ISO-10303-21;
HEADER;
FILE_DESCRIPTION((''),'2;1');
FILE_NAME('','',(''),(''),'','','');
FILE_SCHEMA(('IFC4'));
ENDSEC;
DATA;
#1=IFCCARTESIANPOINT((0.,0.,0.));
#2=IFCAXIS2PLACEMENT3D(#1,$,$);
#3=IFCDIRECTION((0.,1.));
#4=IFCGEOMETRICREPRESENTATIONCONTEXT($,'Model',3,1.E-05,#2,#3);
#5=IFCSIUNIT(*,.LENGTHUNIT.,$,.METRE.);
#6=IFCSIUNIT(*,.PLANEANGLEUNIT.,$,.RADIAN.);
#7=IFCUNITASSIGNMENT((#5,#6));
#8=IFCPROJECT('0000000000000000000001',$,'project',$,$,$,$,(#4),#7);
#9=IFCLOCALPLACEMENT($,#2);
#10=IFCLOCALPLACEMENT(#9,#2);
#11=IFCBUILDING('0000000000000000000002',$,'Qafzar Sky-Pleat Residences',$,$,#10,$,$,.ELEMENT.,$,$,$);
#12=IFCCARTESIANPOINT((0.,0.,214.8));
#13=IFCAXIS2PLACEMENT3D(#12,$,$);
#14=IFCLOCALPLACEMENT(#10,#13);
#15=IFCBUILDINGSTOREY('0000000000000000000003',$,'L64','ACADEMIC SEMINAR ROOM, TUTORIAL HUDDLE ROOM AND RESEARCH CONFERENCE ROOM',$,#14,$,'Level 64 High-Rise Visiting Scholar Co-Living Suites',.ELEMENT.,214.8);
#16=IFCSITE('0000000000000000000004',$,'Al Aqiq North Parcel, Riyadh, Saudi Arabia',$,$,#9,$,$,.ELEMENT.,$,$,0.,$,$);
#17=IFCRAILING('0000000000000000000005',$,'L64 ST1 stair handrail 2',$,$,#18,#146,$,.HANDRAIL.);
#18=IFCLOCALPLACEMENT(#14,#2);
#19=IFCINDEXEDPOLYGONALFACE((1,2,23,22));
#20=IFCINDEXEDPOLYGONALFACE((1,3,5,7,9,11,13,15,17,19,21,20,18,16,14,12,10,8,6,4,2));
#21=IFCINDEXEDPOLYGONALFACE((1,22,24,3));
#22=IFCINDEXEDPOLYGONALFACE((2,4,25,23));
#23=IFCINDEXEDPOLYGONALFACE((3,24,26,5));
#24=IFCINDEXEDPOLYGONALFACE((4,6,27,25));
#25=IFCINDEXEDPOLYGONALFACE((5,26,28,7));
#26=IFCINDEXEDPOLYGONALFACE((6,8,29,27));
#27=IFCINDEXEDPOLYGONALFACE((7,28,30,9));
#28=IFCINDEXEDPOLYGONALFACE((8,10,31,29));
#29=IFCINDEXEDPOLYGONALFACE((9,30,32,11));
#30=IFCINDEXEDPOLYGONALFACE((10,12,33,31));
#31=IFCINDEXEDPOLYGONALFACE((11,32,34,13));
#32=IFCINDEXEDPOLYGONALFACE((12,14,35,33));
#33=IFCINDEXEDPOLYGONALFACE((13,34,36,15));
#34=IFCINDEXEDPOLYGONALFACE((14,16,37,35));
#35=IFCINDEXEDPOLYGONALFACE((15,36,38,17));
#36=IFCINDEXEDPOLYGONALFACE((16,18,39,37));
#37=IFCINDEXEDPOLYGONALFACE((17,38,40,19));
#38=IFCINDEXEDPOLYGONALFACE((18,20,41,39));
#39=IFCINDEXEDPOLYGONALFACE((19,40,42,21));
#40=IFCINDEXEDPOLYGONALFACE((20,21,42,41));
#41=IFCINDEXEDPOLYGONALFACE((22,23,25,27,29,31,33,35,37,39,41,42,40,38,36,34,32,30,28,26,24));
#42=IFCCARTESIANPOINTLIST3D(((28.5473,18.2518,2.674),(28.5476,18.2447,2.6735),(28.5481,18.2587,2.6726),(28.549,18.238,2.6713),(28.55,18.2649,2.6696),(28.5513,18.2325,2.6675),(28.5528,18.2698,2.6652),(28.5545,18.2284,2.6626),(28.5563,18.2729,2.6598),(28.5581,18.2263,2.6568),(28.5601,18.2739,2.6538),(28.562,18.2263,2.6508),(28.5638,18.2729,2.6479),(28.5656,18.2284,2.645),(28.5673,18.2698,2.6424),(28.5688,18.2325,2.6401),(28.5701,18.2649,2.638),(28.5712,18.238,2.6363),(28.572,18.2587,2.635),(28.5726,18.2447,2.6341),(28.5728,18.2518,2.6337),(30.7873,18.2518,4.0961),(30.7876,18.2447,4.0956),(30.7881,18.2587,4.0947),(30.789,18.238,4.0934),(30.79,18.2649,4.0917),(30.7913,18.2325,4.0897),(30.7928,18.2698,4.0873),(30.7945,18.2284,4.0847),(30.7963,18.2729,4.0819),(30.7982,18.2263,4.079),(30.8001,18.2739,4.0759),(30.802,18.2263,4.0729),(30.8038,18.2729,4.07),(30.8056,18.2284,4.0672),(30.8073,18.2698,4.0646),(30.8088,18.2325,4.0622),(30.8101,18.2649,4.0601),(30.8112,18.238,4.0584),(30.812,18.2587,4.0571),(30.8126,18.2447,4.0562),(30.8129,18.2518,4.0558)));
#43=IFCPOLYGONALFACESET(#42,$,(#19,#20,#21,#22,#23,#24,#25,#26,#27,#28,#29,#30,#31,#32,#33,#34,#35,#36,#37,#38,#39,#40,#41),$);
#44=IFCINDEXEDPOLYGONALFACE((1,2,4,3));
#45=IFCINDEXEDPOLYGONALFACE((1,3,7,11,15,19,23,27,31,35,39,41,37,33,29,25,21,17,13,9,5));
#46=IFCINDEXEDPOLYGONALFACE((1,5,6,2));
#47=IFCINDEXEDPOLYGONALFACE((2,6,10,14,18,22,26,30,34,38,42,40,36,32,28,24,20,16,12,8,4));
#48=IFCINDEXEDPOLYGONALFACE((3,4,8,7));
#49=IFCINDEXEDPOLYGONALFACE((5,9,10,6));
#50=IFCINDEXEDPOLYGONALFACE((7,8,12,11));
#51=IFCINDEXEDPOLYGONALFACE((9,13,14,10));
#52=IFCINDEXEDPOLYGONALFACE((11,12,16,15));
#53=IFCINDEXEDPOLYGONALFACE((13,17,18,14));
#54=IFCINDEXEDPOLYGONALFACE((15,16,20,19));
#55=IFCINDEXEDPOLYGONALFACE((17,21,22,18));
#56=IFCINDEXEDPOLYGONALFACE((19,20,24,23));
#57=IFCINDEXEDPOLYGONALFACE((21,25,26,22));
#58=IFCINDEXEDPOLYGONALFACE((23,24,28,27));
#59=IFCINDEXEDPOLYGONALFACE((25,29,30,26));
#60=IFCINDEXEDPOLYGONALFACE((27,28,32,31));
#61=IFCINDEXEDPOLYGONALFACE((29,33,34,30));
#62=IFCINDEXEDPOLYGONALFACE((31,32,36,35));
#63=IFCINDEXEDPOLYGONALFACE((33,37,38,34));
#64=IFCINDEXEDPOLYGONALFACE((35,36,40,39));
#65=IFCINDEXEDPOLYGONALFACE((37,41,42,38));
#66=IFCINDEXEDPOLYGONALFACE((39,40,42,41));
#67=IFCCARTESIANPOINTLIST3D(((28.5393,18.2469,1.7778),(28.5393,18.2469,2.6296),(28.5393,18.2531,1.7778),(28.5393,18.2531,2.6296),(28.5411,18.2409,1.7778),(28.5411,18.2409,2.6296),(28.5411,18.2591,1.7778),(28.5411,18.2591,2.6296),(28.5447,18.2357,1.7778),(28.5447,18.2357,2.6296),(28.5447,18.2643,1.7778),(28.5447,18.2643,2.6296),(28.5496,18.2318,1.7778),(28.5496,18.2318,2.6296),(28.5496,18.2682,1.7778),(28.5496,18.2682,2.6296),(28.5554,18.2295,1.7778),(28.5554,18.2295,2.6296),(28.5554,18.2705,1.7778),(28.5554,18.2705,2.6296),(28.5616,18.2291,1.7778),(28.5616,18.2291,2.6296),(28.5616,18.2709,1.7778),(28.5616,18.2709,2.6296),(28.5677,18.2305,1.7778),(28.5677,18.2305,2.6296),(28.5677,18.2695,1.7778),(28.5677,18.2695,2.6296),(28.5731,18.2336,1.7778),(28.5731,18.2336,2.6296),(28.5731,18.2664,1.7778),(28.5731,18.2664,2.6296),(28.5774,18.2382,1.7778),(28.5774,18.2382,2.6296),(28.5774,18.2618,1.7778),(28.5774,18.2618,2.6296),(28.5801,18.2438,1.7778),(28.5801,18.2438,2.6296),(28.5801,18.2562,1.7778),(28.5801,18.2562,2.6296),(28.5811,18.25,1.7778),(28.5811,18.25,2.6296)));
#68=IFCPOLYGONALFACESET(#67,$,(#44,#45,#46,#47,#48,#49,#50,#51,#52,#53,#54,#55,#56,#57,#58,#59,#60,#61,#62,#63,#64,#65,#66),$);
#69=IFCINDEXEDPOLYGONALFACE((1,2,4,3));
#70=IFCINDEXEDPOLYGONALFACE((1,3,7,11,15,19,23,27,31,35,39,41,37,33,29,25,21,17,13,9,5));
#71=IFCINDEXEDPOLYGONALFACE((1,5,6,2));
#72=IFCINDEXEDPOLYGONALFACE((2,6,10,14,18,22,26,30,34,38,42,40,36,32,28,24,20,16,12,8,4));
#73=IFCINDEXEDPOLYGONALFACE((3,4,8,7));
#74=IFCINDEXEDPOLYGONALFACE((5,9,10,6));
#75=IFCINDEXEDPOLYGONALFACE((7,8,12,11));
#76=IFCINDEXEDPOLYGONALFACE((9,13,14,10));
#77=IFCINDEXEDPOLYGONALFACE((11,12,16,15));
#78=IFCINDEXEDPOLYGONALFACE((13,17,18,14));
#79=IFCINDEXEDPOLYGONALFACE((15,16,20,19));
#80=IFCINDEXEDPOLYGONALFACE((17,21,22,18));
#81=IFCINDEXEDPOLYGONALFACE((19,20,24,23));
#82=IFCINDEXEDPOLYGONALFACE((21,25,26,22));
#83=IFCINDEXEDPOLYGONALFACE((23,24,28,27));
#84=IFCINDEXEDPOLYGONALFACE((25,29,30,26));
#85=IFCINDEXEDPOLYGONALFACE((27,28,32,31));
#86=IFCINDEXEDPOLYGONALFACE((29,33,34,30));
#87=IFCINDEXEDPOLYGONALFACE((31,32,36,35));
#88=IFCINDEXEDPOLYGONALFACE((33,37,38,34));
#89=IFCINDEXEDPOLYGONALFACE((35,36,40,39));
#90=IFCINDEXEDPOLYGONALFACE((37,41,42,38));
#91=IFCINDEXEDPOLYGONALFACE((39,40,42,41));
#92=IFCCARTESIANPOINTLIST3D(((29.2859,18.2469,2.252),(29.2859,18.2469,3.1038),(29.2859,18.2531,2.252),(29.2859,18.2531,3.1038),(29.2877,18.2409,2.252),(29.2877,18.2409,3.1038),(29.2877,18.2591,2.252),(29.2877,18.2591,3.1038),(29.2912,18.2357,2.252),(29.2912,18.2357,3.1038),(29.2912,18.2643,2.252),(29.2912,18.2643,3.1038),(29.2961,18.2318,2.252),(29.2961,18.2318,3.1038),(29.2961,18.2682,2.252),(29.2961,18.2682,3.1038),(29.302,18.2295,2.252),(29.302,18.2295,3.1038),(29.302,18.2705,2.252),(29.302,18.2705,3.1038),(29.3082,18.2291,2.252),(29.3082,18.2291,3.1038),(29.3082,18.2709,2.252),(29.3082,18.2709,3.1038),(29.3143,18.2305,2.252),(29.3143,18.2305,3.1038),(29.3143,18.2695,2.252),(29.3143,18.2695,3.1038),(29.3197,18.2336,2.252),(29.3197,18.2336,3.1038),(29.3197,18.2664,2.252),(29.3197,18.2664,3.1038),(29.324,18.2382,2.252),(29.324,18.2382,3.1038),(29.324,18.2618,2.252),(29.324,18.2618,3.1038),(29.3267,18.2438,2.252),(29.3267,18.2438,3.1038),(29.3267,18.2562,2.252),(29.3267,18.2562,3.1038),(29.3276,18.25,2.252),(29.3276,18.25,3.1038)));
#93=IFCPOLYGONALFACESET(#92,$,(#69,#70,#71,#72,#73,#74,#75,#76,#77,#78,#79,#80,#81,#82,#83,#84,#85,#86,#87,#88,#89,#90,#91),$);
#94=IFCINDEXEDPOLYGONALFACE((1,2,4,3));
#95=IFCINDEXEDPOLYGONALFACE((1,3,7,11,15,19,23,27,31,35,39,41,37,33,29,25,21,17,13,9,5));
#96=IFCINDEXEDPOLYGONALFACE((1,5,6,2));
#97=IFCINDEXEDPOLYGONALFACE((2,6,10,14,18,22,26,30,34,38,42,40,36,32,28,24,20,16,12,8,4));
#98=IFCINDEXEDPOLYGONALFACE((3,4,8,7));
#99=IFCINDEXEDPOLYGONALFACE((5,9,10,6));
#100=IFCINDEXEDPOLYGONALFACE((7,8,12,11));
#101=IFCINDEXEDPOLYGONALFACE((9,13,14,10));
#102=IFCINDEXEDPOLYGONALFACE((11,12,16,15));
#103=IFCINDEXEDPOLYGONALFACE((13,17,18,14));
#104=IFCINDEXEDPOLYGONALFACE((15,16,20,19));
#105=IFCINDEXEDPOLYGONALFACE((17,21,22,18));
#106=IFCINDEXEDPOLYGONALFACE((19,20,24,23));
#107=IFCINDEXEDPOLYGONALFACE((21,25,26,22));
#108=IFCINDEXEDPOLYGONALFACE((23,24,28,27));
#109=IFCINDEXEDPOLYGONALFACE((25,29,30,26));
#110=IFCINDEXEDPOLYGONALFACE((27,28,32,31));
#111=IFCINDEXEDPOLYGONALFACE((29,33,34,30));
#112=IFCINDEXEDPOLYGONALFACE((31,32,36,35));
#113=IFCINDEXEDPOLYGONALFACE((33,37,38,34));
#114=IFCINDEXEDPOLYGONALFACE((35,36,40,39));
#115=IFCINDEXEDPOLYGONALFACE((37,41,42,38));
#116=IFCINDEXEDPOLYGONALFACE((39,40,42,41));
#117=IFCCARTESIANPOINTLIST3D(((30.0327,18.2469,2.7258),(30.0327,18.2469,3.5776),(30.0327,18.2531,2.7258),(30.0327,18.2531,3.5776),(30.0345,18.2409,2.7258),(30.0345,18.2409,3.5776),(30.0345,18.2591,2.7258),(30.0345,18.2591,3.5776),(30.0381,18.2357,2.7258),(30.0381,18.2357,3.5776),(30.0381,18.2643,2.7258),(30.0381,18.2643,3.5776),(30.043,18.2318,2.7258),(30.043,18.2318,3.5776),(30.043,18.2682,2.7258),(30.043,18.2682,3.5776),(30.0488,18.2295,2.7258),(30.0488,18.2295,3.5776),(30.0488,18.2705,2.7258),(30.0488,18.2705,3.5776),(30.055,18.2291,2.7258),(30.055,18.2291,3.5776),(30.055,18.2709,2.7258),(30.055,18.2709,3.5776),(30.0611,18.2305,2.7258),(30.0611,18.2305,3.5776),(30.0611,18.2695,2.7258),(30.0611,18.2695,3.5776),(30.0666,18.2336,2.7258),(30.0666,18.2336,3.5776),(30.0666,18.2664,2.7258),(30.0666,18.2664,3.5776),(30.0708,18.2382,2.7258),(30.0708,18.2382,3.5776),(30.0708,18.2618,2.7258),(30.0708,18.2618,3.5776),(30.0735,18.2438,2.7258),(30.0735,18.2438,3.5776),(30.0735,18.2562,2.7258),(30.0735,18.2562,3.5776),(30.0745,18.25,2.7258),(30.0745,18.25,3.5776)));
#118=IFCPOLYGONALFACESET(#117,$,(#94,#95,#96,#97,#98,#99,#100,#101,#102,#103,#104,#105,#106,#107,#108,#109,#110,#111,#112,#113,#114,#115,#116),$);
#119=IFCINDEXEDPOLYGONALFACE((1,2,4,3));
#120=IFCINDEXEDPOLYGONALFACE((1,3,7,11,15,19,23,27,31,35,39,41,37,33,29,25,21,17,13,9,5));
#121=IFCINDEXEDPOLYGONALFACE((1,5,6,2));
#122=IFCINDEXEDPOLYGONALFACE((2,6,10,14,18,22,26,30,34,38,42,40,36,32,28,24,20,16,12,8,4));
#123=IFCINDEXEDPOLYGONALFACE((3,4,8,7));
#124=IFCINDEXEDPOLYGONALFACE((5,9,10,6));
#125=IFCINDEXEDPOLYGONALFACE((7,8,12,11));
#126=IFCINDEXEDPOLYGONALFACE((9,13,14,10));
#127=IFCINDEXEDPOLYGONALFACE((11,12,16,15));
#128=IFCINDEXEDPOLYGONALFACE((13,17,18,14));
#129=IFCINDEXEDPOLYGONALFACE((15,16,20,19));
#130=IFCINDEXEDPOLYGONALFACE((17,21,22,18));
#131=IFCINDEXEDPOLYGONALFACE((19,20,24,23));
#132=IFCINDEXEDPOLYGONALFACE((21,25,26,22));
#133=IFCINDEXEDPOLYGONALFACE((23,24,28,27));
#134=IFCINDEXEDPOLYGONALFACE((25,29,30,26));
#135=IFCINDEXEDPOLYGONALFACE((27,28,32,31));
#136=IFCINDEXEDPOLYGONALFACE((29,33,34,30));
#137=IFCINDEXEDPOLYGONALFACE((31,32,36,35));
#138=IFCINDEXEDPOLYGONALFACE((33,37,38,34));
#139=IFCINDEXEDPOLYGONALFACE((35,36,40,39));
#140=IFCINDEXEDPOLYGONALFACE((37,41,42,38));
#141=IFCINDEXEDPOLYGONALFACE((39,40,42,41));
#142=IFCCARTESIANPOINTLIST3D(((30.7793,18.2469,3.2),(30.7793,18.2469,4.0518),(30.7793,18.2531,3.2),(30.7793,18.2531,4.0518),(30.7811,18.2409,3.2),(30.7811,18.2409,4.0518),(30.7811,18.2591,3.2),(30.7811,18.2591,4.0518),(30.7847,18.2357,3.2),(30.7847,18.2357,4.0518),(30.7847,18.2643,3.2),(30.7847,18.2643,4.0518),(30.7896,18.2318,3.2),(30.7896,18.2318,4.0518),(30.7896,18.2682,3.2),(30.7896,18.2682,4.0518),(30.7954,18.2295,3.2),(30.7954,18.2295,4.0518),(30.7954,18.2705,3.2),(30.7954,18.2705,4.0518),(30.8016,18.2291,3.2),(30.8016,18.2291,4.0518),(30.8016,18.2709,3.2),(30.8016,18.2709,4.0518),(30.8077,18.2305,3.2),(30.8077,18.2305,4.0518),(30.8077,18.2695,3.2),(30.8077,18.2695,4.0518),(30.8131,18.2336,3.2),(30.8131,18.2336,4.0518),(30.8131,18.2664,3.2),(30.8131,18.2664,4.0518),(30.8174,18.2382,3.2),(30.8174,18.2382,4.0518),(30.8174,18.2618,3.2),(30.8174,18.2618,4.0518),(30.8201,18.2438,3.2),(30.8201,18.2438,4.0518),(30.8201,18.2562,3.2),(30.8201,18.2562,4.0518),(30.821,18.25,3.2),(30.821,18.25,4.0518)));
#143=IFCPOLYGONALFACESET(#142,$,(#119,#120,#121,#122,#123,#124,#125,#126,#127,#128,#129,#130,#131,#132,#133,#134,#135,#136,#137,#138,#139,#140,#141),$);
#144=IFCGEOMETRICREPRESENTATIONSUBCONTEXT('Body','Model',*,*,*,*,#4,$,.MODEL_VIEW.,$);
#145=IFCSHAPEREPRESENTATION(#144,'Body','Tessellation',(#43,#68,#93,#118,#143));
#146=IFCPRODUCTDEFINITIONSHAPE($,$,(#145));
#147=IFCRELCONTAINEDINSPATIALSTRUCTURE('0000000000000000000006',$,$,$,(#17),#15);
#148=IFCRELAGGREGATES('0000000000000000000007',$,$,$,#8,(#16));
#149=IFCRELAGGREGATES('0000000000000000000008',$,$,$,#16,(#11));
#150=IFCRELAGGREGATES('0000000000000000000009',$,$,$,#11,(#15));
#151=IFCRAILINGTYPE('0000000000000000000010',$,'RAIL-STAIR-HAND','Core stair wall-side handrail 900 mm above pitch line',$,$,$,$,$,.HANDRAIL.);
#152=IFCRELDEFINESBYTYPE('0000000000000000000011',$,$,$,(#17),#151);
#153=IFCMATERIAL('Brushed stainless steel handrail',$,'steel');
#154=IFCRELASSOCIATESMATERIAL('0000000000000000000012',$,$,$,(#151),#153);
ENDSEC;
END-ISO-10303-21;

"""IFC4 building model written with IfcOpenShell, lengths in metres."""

from ifc_helpers import new_model, si_unit, direction, frame, origin, origin_2d, place, context, subcontext, project, spatial, circle, extrude, source, transform, mapped, material, type_object, element, save


model = new_model("IFC4")

# Units and contexts
model_context = context("Model", 3, precision=1e-05, world=origin(), true_north=direction((0.0, 1.0)))
body_context = subcontext(model_context, "Body", "Model", "MODEL_VIEW")
ifc_project = project(units=[si_unit("LENGTHUNIT", "METRE"), si_unit("PLANEANGLEUNIT", "RADIAN")], contexts=[model_context])

# Site, building, storey
site_placement = place(None, origin())
site = spatial("IfcSite", under=ifc_project, at=site_placement, Name="Al Aqiq North Parcel, Riyadh, Saudi Arabia", CompositionType="ELEMENT", RefElevation=0.0)
building_placement = place(site_placement, origin())
building = spatial("IfcBuilding", under=site, at=building_placement, Name="Qafzar Sky-Pleat Residences", CompositionType="ELEMENT")
storey_placement = place(building_placement, frame((0.0, 0.0, 214.8)))
storey = spatial("IfcBuildingStorey", under=building, at=storey_placement, Name="L64", Description="ACADEMIC SEMINAR ROOM, TUTORIAL HUDDLE ROOM AND RESEARCH CONFERENCE ROOM", LongName="Level 64 High-Rise Visiting Scholar Co-Living Suites", CompositionType="ELEMENT", Elevation=214.8)

# Railing
ifc_material_1 = material(Name="Brushed stainless steel handrail", Category="steel")
railing_type = type_object("IfcRailingType", Name="RAIL-STAIR-HAND", Description="Core stair wall-side handrail 900 mm above pitch line", PredefinedType="HANDRAIL", material=ifc_material_1)
shared_shape_1 = source(origin(), body_context, "Body", "SweptSolid", [
    extrude(circle(Radius=0.0239, at=origin_2d()), frame((0.0, 0.0, 0.876), z_axis=(0.844229, 0.0, 0.535982), x_axis=(0.0, 1.0, 0.0)), (0.0, 0.0, 1.0), 2.6533),
    extrude(circle(Radius=0.021, at=origin_2d()), origin(), (0.0, 0.0, 1.0), 0.8518),
    extrude(circle(Radius=0.021, at=origin_2d()), frame((0.7466, 0.0, 0.4741)), (0.0, 0.0, 1.0), 0.8518),
    extrude(circle(Radius=0.021, at=origin_2d()), frame((1.4934, 0.0, 0.948)), (0.0, 0.0, 1.0), 0.8518),
    extrude(circle(Radius=0.021, at=origin_2d()), frame((2.24, 0.0, 1.4221)), (0.0, 0.0, 1.0), 0.8518),
])
railing_placement = place(storey_placement, frame((28.5601, 18.25, 1.7778)))
element("IfcRailing", 1, at=railing_placement, inside=storey, type_object=railing_type, Name="L64 ST1 stair handrail 2", PredefinedType="HANDRAIL", context=body_context, shape_type="MappedRepresentation", body=[
    mapped(shared_shape_1, transform((0.0, 0.0, 0.0), x_axis=(1.0, 0.0, 0.0), y_axis=(0.0, 1.0, 0.0), z_axis=(0.0, 0.0, 1.0), scale=1.0)),
])

save(model, "model.ifc")
